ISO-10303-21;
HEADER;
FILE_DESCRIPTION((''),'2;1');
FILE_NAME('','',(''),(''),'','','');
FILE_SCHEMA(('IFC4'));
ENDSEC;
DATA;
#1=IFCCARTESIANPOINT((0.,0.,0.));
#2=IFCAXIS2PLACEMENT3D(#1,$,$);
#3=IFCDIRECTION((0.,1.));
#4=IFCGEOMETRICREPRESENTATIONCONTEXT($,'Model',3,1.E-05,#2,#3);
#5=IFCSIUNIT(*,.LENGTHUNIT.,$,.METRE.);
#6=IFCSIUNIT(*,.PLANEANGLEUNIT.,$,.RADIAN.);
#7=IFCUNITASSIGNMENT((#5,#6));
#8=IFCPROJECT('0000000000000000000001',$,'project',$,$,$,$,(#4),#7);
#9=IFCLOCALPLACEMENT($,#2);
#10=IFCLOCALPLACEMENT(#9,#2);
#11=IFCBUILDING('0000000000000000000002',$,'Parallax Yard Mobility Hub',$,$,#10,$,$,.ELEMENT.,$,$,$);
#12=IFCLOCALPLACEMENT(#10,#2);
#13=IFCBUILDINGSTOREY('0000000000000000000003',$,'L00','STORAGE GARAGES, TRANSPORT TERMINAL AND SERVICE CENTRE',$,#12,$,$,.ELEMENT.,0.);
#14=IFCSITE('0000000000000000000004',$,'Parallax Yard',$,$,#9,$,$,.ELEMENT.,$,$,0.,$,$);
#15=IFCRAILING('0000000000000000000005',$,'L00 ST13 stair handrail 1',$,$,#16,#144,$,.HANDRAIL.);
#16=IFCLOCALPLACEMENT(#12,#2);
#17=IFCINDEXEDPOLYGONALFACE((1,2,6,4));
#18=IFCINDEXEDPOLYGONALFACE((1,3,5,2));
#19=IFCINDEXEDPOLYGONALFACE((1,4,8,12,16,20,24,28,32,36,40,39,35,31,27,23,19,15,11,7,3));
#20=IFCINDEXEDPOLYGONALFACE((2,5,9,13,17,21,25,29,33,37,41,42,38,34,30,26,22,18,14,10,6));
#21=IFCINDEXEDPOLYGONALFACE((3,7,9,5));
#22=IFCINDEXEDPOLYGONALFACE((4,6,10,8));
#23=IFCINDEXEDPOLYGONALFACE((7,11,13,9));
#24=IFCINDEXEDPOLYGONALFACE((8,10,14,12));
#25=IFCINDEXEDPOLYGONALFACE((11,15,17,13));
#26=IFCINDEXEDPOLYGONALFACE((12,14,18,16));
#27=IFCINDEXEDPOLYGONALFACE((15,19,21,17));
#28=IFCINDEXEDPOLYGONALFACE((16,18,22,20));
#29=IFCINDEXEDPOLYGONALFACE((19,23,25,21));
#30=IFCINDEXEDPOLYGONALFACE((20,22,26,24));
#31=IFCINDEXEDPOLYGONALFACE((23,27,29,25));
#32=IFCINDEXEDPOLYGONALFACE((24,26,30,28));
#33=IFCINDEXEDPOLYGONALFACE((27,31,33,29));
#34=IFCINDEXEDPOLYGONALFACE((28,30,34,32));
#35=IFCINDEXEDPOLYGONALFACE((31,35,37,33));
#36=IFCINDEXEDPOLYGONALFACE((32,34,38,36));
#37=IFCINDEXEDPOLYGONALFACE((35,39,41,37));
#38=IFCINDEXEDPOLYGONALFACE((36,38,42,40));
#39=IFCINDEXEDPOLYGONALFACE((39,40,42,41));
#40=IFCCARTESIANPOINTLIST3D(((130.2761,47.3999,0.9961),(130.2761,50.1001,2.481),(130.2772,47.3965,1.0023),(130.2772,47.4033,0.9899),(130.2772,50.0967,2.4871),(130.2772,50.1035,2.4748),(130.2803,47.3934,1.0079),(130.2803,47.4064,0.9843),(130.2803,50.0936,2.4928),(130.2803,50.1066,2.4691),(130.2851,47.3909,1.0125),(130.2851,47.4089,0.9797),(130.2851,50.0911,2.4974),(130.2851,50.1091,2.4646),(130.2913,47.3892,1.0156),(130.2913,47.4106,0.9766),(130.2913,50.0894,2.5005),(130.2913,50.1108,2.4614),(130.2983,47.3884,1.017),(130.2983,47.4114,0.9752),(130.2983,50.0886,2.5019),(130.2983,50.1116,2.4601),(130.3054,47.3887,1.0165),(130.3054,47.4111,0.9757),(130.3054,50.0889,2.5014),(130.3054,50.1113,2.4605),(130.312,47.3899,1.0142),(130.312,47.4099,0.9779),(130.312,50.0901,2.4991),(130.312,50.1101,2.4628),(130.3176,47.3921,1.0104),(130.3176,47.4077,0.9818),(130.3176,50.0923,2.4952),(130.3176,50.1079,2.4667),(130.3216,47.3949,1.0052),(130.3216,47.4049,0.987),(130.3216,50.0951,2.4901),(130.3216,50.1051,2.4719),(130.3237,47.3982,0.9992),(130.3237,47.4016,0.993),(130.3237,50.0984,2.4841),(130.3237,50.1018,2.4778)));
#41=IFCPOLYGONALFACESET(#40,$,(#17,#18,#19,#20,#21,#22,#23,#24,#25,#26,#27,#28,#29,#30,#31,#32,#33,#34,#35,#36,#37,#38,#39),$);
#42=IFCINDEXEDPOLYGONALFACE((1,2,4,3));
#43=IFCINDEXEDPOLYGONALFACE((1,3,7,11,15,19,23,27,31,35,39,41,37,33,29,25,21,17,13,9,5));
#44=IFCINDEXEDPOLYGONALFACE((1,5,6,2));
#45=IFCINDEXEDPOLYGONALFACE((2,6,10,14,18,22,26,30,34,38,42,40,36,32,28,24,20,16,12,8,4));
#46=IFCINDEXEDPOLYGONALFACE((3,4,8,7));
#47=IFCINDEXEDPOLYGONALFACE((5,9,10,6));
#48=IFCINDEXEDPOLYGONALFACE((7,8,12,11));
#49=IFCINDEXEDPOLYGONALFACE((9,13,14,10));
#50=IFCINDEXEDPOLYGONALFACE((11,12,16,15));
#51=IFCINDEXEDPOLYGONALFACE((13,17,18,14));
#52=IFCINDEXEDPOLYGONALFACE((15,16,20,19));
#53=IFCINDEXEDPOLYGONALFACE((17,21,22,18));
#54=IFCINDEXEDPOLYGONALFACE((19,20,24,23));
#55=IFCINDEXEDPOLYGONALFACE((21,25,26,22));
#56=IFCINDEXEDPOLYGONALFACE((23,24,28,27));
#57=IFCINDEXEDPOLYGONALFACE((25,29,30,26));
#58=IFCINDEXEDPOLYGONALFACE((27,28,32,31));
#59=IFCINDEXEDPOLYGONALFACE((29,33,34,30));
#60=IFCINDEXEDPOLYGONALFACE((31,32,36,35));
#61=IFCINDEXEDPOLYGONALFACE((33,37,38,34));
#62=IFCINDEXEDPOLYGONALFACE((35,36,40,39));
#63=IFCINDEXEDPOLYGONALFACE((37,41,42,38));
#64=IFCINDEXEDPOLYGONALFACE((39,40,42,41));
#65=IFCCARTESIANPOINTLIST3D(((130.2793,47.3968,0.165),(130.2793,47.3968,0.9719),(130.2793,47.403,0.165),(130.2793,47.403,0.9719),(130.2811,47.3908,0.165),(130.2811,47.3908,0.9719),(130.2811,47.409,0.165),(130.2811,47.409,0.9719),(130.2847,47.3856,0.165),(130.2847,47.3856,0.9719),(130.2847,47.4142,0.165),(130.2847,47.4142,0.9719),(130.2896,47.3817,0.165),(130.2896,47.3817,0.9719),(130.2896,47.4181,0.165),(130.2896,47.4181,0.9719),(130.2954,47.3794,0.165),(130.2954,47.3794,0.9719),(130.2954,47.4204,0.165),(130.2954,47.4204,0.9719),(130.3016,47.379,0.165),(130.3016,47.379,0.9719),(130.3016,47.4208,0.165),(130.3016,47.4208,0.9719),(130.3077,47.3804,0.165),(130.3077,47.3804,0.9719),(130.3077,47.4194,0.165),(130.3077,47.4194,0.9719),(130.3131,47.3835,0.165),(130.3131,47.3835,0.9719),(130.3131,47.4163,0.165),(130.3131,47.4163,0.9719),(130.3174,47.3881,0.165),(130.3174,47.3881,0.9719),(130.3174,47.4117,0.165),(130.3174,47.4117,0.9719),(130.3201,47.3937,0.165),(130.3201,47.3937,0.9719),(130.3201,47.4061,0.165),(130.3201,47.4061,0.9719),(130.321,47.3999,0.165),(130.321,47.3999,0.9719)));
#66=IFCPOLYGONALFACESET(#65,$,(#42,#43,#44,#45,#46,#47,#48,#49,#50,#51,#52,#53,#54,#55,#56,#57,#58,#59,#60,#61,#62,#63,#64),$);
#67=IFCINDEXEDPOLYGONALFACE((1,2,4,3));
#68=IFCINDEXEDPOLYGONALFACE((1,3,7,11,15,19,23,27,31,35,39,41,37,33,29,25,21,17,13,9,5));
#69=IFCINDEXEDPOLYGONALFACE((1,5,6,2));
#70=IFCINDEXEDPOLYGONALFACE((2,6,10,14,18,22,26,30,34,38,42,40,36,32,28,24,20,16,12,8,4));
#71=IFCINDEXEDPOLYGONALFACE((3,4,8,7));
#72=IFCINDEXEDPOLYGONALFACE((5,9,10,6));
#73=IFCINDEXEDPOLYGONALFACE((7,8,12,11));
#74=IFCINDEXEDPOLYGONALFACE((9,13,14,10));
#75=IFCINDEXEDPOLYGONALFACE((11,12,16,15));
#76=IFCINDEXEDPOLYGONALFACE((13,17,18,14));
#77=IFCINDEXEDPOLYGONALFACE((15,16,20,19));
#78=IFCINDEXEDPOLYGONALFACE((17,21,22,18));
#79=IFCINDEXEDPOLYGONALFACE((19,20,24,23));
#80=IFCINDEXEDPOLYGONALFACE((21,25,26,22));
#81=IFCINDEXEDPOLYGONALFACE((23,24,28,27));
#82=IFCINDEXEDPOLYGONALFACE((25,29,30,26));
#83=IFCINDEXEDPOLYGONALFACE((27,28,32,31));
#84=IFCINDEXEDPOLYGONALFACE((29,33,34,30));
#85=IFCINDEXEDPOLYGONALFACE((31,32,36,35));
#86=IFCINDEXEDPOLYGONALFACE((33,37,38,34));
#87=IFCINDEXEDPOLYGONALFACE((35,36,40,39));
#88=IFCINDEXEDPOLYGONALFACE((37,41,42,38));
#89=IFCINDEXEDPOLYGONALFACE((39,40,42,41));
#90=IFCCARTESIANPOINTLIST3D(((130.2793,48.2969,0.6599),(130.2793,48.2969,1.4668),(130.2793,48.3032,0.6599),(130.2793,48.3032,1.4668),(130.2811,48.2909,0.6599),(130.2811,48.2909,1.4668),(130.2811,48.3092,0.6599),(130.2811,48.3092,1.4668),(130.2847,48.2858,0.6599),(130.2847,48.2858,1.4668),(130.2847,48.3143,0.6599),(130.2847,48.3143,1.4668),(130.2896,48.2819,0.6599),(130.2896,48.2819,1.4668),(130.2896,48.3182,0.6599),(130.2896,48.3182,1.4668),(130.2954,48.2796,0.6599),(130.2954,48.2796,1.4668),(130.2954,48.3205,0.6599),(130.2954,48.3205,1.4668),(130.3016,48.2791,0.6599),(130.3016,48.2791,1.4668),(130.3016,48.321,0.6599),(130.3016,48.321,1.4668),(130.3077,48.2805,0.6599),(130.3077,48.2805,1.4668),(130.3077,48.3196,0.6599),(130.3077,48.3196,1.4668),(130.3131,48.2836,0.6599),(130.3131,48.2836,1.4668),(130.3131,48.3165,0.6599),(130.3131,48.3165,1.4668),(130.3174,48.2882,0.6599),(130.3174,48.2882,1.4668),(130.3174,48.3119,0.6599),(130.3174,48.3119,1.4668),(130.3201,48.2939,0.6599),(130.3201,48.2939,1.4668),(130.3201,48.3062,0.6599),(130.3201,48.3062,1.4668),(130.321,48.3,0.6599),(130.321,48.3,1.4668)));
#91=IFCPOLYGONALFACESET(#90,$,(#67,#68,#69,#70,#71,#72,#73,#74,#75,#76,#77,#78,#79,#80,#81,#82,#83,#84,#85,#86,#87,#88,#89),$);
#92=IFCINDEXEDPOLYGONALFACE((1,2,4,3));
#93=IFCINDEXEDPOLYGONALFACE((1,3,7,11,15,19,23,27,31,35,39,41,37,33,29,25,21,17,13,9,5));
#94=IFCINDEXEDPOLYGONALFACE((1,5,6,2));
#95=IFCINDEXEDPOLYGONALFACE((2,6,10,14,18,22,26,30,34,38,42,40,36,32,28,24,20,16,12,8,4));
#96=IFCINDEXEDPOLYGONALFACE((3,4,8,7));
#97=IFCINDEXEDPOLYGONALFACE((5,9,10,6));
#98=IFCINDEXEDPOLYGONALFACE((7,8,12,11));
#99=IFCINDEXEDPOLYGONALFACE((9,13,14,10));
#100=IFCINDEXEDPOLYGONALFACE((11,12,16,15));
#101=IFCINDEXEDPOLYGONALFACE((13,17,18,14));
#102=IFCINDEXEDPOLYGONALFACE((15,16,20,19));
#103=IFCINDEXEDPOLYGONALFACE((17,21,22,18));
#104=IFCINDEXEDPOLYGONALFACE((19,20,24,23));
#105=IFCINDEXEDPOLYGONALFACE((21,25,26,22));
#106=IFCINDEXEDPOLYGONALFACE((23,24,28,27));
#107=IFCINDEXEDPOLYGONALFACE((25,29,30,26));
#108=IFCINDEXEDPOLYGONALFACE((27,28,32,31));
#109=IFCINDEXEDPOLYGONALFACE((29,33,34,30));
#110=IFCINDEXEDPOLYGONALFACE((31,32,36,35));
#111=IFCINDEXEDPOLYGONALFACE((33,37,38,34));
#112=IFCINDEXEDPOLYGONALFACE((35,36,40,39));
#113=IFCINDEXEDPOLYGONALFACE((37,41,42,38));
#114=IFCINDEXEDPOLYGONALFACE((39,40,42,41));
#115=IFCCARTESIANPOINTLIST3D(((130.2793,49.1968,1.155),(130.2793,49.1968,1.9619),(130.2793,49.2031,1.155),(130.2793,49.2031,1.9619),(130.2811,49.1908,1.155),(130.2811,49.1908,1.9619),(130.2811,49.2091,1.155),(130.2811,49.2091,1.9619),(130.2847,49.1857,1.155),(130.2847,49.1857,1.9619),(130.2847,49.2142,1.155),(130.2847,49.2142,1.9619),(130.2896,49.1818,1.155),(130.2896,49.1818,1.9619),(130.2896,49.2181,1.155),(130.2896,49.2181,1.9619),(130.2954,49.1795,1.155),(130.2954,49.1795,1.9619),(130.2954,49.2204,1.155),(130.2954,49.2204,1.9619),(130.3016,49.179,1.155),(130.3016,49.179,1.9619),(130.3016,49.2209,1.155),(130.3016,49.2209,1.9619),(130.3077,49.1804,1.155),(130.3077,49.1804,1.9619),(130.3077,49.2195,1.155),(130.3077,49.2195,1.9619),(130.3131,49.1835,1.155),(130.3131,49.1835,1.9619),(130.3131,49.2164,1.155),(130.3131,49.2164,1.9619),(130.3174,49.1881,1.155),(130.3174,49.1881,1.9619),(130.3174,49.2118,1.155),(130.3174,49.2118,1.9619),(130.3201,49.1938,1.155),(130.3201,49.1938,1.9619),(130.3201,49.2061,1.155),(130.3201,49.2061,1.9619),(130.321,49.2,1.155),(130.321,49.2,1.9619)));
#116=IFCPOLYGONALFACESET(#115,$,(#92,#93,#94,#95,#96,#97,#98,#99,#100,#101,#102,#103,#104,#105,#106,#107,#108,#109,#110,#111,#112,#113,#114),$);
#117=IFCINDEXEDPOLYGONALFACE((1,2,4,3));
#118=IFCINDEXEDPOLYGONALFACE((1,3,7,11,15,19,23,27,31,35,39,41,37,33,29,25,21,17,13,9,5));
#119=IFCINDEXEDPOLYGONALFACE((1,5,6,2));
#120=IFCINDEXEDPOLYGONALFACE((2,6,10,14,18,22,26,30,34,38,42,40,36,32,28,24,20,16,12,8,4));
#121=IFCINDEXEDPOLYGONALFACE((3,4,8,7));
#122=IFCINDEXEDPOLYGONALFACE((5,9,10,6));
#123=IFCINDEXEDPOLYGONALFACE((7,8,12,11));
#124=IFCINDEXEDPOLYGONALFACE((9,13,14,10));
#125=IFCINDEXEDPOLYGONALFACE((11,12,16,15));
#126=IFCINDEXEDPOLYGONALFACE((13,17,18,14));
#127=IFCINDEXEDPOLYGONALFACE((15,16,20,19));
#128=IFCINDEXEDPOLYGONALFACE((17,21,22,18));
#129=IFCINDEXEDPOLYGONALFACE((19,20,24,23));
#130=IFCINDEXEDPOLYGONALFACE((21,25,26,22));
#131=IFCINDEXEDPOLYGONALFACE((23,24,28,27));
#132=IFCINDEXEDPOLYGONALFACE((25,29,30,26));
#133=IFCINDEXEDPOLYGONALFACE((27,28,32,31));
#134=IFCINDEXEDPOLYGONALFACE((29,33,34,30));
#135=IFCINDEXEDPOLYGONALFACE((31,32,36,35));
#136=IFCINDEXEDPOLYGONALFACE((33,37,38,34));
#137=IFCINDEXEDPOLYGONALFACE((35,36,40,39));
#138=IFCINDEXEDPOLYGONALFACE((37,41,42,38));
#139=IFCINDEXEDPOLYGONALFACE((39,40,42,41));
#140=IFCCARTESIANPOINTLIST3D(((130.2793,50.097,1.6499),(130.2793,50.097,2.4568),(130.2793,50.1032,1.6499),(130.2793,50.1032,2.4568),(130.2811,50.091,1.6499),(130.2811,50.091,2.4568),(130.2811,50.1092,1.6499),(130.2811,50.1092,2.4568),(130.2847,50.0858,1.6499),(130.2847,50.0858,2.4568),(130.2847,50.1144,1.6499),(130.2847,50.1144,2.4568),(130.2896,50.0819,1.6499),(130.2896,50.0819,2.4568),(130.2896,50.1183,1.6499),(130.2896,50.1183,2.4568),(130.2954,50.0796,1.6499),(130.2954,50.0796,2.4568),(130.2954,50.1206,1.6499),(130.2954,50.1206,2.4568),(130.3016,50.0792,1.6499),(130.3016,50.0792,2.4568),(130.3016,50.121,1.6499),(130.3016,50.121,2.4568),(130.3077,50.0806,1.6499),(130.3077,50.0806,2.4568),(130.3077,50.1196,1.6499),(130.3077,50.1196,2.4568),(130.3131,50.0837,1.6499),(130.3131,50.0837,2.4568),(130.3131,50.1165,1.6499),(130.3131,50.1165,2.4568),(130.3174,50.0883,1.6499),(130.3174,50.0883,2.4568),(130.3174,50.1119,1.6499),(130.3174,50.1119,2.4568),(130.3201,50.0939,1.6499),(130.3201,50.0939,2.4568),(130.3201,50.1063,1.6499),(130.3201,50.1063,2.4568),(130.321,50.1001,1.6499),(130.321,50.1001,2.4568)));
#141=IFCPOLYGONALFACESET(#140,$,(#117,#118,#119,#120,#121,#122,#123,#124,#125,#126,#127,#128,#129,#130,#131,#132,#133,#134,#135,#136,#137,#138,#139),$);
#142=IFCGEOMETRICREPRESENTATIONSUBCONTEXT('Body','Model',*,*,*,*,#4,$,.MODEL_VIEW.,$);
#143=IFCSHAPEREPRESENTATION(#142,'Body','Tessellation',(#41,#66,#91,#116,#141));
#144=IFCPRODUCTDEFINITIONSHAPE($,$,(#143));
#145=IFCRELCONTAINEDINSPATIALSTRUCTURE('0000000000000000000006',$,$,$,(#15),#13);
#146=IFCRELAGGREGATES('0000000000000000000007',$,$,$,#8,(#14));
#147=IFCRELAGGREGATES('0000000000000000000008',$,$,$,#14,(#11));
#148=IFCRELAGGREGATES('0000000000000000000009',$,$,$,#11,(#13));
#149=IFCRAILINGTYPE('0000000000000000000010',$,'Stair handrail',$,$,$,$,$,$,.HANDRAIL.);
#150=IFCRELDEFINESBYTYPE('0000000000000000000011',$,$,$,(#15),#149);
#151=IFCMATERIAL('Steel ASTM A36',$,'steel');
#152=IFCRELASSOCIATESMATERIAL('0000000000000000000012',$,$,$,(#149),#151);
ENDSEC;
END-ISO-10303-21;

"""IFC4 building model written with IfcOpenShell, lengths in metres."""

from ifc_helpers import new_model, si_unit, direction, frame, origin, origin_2d, place, context, subcontext, project, spatial, circle, extrude, material, type_object, element, save


model = new_model("IFC4")

# Units and contexts
model_context = context("Model", 3, precision=1e-05, world=origin(), true_north=direction((0.0, 1.0)))
body_context = subcontext(model_context, "Body", "Model", "MODEL_VIEW")
ifc_project = project(units=[si_unit("LENGTHUNIT", "METRE"), si_unit("PLANEANGLEUNIT", "RADIAN")], contexts=[model_context])

# Site, building, storey
site_placement = place(None, origin())
site = spatial("IfcSite", under=ifc_project, at=site_placement, Name="Parallax Yard", CompositionType="ELEMENT", RefElevation=0.0)
building_placement = place(site_placement, origin())
building = spatial("IfcBuilding", under=site, at=building_placement, Name="Parallax Yard Mobility Hub", CompositionType="ELEMENT")
storey_placement = place(building_placement, origin())
storey = spatial("IfcBuildingStorey", under=building, at=storey_placement, Name="L00", Description="STORAGE GARAGES, TRANSPORT TERMINAL AND SERVICE CENTRE", CompositionType="ELEMENT", Elevation=0.0)

# Railing
ifc_material_1 = material(Name="Steel ASTM A36", Category="steel")
railing_type_1 = type_object("IfcRailingType", Name="Stair handrail", PredefinedType="HANDRAIL", material=ifc_material_1)
railing_1_placement = place(storey_placement, frame((130.3, 47.3999, 0.165)))
element("IfcRailing", 1, at=railing_1_placement, inside=storey, type_object=railing_type_1, Name="L00 ST13 stair handrail 1", PredefinedType="HANDRAIL", context=body_context, shape_type="SweptSolid", body=[
    extrude(circle(Radius=0.0239, at=origin_2d()), frame((0.0, 0.0, 0.8311), z_axis=(0.0, 0.876249, 0.481858), x_axis=(-1.0, 0.0, 0.0)), (0.0, 0.0, 1.0), 3.0815),
    extrude(circle(Radius=0.021, at=origin_2d()), origin(), (0.0, 0.0, 1.0), 0.8069),
    extrude(circle(Radius=0.021, at=origin_2d()), frame((0.0, 0.9001, 0.4949)), (0.0, 0.0, 1.0), 0.8069),
    extrude(circle(Radius=0.021, at=origin_2d()), frame((0.0, 1.8, 0.99)), (0.0, 0.0, 1.0), 0.8069),
    extrude(circle(Radius=0.021, at=origin_2d()), frame((0.0, 2.7002, 1.4849)), (0.0, 0.0, 1.0), 0.8069),
])

save(model, "model.ifc")
